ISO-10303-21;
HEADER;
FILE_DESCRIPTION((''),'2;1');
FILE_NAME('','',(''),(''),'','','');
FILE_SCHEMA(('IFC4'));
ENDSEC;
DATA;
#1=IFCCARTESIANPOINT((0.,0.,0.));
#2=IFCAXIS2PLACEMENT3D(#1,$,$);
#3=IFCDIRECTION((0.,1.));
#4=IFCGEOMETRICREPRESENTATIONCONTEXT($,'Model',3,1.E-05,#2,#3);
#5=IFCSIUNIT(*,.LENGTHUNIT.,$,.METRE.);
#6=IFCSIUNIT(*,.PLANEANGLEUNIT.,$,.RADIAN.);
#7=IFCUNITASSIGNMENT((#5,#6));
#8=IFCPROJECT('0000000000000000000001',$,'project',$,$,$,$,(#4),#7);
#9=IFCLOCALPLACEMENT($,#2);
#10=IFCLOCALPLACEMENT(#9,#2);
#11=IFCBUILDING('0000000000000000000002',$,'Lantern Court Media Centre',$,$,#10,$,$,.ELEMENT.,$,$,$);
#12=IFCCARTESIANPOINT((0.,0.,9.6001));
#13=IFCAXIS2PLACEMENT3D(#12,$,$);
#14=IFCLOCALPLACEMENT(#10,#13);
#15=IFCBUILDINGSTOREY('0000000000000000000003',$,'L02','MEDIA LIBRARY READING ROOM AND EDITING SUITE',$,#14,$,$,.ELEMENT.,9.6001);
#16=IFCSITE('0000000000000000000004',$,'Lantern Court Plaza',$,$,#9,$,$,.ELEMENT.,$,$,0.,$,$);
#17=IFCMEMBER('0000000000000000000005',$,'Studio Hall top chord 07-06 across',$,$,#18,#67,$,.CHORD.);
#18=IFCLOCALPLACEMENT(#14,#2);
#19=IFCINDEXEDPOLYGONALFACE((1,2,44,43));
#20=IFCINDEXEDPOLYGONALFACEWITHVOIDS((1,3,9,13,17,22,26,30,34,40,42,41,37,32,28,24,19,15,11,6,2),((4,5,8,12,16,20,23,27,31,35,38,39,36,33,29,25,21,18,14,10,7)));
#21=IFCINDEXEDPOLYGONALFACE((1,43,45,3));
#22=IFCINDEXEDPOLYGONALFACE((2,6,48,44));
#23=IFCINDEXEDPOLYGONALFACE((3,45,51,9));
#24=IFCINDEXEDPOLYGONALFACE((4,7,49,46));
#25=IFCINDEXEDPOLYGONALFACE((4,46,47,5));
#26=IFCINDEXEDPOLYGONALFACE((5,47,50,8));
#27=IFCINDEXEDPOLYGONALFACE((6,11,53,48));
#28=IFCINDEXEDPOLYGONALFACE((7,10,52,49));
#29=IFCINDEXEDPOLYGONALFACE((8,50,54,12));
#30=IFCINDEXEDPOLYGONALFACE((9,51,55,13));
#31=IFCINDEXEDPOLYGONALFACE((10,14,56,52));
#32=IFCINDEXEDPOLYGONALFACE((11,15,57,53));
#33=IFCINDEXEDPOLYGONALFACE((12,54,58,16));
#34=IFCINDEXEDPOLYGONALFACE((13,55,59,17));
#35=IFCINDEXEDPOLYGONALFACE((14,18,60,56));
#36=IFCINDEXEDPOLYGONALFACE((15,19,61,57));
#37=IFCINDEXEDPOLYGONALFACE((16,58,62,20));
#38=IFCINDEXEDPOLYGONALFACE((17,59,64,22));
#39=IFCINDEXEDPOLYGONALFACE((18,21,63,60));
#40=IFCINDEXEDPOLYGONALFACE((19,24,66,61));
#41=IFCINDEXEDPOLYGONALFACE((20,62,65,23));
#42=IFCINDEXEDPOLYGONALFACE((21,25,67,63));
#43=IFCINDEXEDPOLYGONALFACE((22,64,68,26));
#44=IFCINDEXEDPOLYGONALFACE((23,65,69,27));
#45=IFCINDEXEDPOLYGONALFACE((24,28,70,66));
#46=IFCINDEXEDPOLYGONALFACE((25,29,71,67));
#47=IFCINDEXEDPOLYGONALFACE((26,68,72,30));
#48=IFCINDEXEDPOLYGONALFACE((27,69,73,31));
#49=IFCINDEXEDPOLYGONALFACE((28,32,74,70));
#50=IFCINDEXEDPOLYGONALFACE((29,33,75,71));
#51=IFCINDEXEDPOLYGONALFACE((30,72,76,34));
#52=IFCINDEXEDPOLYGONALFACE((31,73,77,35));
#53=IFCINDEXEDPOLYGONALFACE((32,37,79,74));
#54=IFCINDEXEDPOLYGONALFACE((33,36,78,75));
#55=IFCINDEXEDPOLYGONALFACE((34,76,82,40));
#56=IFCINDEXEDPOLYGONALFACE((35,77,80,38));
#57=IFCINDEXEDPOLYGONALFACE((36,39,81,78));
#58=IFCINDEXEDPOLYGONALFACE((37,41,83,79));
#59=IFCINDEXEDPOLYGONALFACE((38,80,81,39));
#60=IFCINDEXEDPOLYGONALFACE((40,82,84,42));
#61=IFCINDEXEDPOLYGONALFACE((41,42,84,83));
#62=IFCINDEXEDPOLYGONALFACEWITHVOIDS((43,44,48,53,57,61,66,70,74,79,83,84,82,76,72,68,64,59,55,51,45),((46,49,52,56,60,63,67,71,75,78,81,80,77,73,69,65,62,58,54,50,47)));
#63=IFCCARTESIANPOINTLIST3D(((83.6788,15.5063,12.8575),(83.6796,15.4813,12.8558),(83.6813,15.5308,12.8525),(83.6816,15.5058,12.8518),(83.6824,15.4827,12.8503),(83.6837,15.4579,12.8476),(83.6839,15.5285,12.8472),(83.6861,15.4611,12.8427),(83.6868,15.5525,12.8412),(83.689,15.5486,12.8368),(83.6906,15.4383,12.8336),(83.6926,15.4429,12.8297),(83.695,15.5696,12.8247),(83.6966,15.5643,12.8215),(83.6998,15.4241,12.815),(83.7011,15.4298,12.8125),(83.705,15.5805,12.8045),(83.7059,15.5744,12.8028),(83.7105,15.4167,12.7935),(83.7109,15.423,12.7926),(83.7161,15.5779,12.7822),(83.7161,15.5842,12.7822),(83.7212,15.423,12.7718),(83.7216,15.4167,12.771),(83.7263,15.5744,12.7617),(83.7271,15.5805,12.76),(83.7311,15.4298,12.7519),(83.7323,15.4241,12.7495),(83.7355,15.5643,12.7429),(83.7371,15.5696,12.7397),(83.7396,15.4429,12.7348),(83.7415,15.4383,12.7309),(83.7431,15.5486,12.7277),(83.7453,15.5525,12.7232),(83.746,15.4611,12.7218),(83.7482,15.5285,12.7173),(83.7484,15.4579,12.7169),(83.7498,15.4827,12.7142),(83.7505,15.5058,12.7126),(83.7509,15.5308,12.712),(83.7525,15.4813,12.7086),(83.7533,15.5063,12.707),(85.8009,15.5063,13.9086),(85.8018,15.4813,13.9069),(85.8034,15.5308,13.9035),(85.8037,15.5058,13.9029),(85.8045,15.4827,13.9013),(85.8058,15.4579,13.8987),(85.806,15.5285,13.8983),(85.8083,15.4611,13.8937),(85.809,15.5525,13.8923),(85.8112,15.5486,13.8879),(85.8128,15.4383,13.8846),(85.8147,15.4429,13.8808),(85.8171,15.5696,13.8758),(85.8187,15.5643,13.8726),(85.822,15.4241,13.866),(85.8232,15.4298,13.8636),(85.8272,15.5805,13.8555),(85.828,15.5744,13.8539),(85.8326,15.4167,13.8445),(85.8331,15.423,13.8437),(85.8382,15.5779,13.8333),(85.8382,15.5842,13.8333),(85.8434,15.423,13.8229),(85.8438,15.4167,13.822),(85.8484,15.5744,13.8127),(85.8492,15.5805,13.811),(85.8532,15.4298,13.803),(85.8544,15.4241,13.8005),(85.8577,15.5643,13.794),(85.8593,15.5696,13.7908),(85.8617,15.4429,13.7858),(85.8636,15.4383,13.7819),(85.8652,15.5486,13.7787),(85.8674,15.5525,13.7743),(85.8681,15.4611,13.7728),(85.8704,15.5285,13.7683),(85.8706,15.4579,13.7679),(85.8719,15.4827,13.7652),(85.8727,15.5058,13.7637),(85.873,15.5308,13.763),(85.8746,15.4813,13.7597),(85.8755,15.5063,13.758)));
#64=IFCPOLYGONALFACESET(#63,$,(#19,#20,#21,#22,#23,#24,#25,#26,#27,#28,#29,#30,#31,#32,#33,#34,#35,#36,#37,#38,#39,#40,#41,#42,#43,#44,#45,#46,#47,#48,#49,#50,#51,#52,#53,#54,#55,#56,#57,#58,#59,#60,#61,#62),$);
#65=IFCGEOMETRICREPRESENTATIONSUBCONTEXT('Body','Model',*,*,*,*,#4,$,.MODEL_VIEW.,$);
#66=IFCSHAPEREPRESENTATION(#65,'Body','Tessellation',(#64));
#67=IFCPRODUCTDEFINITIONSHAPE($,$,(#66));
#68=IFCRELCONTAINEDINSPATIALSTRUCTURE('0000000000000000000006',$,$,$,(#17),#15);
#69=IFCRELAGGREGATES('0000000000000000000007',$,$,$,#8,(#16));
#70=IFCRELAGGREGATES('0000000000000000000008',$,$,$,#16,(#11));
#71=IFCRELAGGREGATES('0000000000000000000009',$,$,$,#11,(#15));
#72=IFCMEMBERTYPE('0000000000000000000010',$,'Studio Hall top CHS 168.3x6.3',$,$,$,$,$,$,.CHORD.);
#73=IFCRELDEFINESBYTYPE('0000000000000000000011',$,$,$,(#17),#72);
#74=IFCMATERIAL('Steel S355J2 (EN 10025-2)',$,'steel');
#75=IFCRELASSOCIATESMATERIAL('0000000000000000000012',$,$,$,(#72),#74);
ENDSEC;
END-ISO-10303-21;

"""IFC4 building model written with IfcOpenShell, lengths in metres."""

from ifc_helpers import new_model, si_unit, direction, frame, origin, origin_2d, place, context, subcontext, project, spatial, hollow_circle, extrude, material, material_profile, profile_set, type_object, element, save


model = new_model("IFC4")

# Units and contexts
model_context = context("Model", 3, precision=1e-05, world=origin(), true_north=direction((0.0, 1.0)))
body_context = subcontext(model_context, "Body", "Model", "MODEL_VIEW")
ifc_project = project(units=[si_unit("LENGTHUNIT", "METRE"), si_unit("PLANEANGLEUNIT", "RADIAN")], contexts=[model_context])

# Site, building, storey
site_placement = place(None, origin())
site = spatial("IfcSite", under=ifc_project, at=site_placement, Name="Lantern Court Plaza", CompositionType="ELEMENT", RefElevation=0.0)
building_placement = place(site_placement, origin())
building = spatial("IfcBuilding", under=site, at=building_placement, Name="Lantern Court Media Centre", CompositionType="ELEMENT")
storey_placement = place(building_placement, frame((0.0, 0.0, 9.6001)))
storey = spatial("IfcBuildingStorey", under=building, at=storey_placement, Name="L02", Description="MEDIA LIBRARY READING ROOM AND EDITING SUITE", CompositionType="ELEMENT", Elevation=9.6001)

# Member
ifc_material = material(Name="Steel S355J2 (EN 10025-2)", Category="steel")
ifc_material_profile_1 = material_profile(ifc_material, hollow_circle(Radius=0.0842, WallThickness=0.0063, at=origin_2d()), Name="Studio Hall top CHS 168.3x6.3")
ifc_profile_set_1 = profile_set([ifc_material_profile_1], Name="Steel S355J2 (EN 10025-2)")
member_type_1 = type_object("IfcMemberType", Name="Studio Hall top CHS 168.3x6.3", PredefinedType="CHORD", material=ifc_profile_set_1)
for number, where, z_axis, x_axis, name in (
    (1, (83.7161, 15.5, 12.7822), (0.896112, 0.0, 0.443829), (0.0, 1.0, 0.0), "Studio Hall top chord 07-06 across"),
):
    element("IfcMember", number, at=place(storey_placement, frame(where, z_axis=z_axis, x_axis=x_axis)), inside=storey, type_object=member_type_1, Name=name, PredefinedType="CHORD", context=body_context, shape_type="SweptSolid", body=[
        extrude(hollow_circle(Radius=0.0842, WallThickness=0.0063, at=origin_2d()), origin(), (0.0, 0.0, 1.0), 2.3682),
    ])

save(model, "model.ifc")
